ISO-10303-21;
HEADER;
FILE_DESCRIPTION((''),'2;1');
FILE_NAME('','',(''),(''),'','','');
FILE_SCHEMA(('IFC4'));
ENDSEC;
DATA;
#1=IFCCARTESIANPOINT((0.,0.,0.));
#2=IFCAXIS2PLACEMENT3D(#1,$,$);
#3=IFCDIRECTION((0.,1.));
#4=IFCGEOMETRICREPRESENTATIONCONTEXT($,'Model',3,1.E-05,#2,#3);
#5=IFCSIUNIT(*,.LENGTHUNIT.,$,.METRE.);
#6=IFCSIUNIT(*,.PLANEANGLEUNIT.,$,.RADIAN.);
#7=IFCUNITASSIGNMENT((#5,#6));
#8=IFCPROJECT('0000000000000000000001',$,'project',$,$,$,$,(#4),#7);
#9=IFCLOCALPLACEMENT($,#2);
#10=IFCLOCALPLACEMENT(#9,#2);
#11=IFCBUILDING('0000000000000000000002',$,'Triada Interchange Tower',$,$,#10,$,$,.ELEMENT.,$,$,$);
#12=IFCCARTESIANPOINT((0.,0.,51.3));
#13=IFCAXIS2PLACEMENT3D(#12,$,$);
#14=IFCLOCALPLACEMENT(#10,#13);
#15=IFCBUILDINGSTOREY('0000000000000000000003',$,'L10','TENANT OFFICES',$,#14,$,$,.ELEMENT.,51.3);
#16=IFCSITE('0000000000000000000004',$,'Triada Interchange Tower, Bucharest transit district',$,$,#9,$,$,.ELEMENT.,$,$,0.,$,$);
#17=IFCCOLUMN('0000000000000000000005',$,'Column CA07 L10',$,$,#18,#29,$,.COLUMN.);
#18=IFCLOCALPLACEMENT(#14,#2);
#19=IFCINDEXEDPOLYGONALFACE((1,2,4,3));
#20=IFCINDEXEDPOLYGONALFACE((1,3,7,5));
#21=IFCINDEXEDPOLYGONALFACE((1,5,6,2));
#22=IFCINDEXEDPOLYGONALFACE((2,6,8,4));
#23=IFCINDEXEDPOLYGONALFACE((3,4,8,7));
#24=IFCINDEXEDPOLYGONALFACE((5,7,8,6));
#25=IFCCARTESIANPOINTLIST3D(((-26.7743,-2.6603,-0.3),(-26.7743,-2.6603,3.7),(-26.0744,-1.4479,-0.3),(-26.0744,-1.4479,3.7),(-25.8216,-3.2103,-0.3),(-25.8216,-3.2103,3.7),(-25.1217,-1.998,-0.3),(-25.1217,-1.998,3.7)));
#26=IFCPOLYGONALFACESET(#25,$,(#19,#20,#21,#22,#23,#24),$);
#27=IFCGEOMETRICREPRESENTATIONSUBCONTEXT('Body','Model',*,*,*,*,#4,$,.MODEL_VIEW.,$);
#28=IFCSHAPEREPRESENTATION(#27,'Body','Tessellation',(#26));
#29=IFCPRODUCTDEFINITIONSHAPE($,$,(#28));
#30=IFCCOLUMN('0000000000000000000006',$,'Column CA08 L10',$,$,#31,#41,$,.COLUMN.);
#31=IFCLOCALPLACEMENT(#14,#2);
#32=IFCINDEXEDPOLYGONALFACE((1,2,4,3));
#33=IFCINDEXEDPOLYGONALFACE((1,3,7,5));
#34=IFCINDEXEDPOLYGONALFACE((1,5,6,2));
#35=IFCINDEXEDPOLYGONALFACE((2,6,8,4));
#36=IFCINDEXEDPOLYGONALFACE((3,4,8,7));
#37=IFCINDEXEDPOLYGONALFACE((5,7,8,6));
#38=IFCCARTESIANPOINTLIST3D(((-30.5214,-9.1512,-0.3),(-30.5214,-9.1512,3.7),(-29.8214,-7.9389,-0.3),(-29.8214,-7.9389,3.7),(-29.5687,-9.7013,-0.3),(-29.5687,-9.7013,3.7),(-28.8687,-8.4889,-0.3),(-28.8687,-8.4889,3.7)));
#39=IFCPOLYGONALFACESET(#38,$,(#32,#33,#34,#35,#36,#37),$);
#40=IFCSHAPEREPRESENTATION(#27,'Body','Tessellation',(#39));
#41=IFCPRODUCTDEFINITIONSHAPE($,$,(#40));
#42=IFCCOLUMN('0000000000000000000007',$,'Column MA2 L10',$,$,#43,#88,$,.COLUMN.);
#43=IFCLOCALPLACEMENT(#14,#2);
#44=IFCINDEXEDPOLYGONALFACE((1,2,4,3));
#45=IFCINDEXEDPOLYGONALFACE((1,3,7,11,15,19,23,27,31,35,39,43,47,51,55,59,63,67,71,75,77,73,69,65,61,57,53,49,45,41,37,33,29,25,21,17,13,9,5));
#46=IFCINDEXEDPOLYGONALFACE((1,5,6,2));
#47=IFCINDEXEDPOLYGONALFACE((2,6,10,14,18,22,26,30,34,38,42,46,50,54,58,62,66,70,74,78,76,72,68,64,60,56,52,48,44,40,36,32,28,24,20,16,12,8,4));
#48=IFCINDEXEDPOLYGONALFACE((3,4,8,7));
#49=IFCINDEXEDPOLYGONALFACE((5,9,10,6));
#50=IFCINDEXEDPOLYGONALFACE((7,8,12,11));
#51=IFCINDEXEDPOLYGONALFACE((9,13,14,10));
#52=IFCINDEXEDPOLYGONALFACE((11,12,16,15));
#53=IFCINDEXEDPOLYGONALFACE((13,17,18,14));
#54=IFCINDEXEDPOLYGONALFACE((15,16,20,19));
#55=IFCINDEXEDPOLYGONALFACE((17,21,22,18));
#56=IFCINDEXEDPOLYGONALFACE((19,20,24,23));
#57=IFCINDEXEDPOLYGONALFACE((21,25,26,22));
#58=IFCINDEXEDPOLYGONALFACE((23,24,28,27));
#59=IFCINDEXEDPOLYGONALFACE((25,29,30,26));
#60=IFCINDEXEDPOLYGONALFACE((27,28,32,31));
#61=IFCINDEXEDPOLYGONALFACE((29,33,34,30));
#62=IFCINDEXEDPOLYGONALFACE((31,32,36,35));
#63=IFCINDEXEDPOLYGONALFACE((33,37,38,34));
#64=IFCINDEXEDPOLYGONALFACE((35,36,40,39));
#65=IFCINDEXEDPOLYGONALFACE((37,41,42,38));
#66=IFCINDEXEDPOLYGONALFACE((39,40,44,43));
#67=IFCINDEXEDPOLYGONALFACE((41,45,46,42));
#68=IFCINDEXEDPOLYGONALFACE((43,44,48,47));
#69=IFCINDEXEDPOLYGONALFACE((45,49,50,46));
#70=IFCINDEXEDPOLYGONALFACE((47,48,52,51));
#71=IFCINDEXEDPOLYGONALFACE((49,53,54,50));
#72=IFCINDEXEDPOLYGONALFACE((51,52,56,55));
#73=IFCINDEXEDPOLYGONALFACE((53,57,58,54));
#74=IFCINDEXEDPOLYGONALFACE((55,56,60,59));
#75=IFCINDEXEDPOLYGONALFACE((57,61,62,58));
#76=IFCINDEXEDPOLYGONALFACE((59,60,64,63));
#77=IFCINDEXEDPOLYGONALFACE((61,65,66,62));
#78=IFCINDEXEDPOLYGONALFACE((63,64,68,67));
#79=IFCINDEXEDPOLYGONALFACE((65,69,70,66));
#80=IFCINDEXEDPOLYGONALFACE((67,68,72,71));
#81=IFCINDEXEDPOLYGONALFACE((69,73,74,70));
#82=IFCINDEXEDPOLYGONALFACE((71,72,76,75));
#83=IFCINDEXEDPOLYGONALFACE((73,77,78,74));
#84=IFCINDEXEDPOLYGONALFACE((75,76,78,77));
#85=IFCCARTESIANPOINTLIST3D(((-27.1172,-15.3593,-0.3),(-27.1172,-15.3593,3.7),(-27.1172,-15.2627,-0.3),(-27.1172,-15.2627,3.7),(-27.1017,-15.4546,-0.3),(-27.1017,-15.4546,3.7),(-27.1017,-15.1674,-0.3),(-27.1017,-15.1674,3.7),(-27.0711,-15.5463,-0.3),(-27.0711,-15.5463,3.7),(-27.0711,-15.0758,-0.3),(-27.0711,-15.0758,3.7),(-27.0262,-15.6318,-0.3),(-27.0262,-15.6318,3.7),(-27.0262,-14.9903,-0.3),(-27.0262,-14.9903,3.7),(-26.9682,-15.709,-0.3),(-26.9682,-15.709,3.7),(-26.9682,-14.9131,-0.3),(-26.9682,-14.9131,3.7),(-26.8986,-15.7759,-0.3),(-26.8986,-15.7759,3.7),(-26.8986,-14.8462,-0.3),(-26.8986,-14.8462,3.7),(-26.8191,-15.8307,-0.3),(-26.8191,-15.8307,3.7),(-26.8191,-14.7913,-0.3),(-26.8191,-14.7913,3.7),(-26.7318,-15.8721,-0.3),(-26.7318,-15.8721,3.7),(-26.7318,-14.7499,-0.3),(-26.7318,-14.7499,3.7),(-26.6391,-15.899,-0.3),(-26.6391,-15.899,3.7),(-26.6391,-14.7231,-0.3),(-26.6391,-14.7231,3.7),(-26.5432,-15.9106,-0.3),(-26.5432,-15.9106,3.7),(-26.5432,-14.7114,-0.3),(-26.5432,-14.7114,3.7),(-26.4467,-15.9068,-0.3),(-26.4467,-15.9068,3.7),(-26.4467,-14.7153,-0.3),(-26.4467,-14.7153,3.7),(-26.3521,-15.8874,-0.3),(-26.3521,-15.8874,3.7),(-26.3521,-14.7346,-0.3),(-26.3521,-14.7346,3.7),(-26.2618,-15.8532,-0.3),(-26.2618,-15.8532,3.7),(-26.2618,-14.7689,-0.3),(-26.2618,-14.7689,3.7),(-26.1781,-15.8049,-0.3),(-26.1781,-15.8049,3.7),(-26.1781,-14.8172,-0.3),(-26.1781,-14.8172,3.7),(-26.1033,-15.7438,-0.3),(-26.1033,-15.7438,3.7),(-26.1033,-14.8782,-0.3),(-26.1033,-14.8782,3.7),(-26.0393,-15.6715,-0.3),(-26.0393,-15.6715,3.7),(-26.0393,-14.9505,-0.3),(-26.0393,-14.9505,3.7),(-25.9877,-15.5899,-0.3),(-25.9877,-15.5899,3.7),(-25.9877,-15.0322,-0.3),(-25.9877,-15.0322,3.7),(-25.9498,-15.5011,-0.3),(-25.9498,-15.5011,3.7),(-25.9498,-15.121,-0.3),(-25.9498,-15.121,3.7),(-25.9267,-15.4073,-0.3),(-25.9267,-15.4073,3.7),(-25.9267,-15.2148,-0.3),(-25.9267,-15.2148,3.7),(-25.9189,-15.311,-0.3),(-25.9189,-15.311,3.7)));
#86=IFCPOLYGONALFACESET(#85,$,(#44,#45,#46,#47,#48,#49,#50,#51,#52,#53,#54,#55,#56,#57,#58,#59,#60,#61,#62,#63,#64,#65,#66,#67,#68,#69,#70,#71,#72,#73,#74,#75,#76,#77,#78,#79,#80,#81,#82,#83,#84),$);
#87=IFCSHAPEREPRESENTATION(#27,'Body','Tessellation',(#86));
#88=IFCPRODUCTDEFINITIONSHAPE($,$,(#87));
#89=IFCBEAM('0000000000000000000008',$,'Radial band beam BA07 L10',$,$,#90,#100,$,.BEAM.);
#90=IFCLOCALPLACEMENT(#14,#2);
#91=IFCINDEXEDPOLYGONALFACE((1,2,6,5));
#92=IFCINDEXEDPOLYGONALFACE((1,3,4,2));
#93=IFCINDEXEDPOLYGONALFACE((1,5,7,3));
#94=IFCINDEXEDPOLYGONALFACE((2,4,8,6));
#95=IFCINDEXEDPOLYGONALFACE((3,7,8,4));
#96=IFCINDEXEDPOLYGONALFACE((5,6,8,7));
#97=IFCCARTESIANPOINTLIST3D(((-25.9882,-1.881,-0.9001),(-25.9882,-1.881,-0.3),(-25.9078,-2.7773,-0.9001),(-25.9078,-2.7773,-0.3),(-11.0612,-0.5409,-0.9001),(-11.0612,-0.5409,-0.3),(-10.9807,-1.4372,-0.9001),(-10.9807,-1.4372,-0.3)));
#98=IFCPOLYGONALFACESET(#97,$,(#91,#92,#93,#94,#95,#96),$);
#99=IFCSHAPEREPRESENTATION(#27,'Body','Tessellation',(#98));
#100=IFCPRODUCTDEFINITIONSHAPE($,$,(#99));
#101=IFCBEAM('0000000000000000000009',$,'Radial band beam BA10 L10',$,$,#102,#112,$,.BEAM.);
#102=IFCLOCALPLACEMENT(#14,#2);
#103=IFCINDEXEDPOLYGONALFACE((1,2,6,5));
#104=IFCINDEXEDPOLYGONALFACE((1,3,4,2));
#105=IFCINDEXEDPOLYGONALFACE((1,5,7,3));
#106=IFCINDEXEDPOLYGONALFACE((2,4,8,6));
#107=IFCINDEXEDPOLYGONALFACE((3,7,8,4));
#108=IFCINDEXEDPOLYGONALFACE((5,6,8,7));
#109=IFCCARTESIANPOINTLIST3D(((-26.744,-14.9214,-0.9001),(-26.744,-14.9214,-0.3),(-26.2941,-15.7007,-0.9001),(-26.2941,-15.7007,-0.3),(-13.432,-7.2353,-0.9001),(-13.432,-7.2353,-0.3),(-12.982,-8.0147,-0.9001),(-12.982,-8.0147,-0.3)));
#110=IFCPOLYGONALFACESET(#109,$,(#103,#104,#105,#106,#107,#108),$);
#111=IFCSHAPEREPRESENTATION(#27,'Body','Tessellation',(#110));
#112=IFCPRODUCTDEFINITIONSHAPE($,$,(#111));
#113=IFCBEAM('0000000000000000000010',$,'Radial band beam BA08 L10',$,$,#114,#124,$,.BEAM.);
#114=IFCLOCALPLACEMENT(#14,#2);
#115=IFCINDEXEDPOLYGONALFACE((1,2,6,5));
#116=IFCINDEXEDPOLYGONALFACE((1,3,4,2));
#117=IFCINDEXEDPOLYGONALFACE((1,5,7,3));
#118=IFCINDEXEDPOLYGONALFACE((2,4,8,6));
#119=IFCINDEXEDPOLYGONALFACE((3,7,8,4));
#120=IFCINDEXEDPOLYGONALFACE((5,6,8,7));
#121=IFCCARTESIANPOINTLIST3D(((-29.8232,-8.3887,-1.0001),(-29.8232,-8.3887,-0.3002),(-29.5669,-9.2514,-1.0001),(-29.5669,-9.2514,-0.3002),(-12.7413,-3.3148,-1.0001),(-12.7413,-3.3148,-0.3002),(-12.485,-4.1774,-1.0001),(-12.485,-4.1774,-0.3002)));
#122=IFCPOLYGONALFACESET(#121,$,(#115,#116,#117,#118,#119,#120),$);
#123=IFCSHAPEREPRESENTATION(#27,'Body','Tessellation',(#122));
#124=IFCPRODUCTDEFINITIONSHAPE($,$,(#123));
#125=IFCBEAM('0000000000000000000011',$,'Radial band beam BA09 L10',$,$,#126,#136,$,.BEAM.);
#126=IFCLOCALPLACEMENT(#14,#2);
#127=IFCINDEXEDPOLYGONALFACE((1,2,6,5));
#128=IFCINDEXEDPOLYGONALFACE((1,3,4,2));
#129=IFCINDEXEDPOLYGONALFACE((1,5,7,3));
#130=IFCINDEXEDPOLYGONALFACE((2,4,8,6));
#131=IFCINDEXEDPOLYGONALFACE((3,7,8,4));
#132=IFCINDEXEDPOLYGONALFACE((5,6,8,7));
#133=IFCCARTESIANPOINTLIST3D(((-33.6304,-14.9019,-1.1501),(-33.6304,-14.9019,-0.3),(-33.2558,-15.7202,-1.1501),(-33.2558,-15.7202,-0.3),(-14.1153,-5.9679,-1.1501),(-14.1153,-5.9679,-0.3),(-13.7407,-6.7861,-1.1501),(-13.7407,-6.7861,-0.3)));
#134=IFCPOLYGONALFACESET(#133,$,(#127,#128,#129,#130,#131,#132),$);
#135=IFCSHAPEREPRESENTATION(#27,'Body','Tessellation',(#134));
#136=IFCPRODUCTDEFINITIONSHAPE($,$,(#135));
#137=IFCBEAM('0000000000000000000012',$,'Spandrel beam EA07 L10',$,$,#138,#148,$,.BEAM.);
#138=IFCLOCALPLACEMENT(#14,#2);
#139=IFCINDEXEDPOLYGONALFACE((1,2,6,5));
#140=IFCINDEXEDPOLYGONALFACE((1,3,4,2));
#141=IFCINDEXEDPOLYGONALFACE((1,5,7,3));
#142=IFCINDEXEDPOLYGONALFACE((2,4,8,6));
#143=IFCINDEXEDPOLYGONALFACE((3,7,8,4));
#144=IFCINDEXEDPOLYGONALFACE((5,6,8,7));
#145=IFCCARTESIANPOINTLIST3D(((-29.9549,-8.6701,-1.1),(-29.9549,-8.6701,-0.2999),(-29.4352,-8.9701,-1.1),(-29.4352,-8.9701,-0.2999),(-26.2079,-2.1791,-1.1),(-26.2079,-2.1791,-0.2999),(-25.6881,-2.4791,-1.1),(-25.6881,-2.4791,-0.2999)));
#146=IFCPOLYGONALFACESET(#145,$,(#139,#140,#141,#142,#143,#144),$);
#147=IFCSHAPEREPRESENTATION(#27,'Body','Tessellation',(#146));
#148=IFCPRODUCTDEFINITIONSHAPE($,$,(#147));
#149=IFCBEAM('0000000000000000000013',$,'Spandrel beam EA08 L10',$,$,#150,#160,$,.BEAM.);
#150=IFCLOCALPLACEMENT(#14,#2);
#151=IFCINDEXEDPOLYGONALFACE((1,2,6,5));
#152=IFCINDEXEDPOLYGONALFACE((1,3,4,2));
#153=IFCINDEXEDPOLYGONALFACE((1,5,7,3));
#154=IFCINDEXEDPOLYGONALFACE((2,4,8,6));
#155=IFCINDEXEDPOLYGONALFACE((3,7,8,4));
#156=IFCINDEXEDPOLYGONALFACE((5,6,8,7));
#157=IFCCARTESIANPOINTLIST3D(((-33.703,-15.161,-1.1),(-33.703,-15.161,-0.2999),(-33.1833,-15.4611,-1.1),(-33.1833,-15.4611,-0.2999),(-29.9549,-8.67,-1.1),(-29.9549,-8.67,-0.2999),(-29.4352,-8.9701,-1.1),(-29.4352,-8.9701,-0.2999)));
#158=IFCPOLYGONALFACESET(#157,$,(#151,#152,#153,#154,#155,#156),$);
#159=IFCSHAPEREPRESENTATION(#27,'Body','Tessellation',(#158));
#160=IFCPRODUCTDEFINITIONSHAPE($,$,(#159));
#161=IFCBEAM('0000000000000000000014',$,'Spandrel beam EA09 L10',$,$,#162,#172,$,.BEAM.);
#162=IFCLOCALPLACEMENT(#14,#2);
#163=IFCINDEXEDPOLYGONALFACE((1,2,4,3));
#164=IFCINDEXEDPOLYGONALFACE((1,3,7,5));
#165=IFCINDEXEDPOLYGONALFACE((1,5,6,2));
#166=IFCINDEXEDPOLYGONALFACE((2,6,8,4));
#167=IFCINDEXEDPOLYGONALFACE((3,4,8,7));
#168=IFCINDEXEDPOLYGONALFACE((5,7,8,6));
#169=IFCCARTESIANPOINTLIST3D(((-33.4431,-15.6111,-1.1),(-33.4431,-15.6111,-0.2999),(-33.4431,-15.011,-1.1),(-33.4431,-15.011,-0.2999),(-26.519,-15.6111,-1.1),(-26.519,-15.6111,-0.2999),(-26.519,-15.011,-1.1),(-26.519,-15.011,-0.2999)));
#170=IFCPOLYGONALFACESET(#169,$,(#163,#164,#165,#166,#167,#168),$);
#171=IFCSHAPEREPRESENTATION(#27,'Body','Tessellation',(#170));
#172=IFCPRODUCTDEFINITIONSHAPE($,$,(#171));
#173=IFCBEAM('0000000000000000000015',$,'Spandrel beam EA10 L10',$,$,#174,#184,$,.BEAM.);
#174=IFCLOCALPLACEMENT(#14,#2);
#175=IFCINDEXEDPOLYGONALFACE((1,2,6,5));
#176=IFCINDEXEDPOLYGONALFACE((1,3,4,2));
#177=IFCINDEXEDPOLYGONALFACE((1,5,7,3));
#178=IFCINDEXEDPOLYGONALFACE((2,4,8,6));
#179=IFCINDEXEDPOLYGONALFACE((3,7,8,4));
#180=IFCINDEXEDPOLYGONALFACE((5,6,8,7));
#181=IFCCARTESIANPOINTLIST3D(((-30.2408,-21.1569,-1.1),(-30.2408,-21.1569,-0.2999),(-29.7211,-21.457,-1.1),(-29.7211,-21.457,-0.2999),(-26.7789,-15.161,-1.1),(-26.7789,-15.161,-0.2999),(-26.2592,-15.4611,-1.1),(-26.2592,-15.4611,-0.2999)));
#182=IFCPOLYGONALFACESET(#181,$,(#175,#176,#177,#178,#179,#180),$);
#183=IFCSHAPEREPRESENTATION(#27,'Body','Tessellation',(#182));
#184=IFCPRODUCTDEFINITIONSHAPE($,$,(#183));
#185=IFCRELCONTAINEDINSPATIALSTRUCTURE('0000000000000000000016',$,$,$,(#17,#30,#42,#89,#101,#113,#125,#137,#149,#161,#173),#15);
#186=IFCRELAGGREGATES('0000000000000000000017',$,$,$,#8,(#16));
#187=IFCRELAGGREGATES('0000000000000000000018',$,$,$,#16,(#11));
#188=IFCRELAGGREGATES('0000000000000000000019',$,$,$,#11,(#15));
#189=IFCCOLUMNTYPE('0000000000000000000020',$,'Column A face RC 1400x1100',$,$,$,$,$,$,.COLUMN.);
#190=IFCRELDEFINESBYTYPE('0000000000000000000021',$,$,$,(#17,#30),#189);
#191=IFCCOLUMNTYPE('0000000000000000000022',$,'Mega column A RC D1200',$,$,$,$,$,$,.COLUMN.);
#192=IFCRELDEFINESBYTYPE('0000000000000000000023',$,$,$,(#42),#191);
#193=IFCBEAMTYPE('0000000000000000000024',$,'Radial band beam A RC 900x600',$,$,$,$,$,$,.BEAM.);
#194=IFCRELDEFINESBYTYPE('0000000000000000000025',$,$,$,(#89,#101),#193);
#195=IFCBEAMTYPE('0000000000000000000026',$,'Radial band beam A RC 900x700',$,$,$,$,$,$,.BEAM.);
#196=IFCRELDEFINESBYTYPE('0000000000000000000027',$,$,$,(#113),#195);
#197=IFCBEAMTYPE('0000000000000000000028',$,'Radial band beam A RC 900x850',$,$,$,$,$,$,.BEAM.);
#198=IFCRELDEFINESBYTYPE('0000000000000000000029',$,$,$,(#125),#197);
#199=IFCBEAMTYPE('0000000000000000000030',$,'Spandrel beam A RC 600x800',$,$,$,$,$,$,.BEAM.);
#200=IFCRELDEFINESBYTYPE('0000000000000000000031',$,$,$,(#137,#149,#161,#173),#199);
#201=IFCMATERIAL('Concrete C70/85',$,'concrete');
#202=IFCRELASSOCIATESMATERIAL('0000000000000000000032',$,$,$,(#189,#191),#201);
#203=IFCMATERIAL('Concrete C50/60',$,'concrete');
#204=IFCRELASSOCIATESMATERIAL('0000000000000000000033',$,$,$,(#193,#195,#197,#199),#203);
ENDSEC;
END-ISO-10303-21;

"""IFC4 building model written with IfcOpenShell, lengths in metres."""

from ifc_helpers import new_model, si_unit, direction, frame, origin, origin_2d, place, context, subcontext, project, spatial, rectangle, circle, extrude, material, material_profile, profile_set, type_object, element, save


model = new_model("IFC4")

# Units and contexts
model_context = context("Model", 3, precision=1e-05, world=origin(), true_north=direction((0.0, 1.0)))
body_context = subcontext(model_context, "Body", "Model", "MODEL_VIEW")
ifc_project = project(units=[si_unit("LENGTHUNIT", "METRE"), si_unit("PLANEANGLEUNIT", "RADIAN")], contexts=[model_context])

# Site, building, storey
site_placement = place(None, origin())
site = spatial("IfcSite", under=ifc_project, at=site_placement, Name="Triada Interchange Tower, Bucharest transit district", CompositionType="ELEMENT", RefElevation=0.0)
building_placement = place(site_placement, origin())
building = spatial("IfcBuilding", under=site, at=building_placement, Name="Triada Interchange Tower", CompositionType="ELEMENT")
storey_placement = place(building_placement, frame((0.0, 0.0, 51.3)))
storey = spatial("IfcBuildingStorey", under=building, at=storey_placement, Name="L10", Description="TENANT OFFICES", CompositionType="ELEMENT", Elevation=51.3)

# Columns
ifc_material_1 = material(Name="Concrete C70/85", Category="concrete")
ifc_material_profile_1 = material_profile(ifc_material_1, rectangle(XDim=1.3999, YDim=1.1001, at=origin_2d()), Name="RC 1400x1100")
ifc_profile_set_1 = profile_set([ifc_material_profile_1], Name="Concrete C70/85")
column_type_1 = type_object("IfcColumnType", Name="Column A face RC 1400x1100", PredefinedType="COLUMN", material=ifc_profile_set_1)
for number, where, z_axis, x_axis, name in (
    (1, (-25.948, -2.3291, -0.3), (0.0, 0.0, 1.0), (0.5, 0.866025, 0.0), "Column CA07 L10"),
    (2, (-29.6951, -8.8201, -0.3), (0.0, 0.0, 1.0), (0.5, 0.866025, 0.0), "Column CA08 L10"),
):
    element("IfcColumn", number, at=place(storey_placement, frame(where, z_axis=z_axis, x_axis=x_axis)), inside=storey, type_object=column_type_1, Name=name, PredefinedType="COLUMN", context=body_context, shape_type="SweptSolid", body=[
        extrude(rectangle(XDim=1.3999, YDim=1.1001, at=origin_2d()), origin(), (0.0, 0.0, 1.0), 4.0),
    ])
ifc_material_profile_2 = material_profile(ifc_material_1, circle(Radius=0.6001, at=origin_2d()), Name="RC D1200")
ifc_profile_set_2 = profile_set([ifc_material_profile_2], Name="Concrete C70/85")
column_type_2 = type_object("IfcColumnType", Name="Mega column A RC D1200", PredefinedType="COLUMN", material=ifc_profile_set_2)
column_placement = place(storey_placement, frame((-26.519, -15.311, -0.3), z_axis=(0.0, 0.0, 1.0), x_axis=(1.0, 0.0, 0.0)))
element("IfcColumn", 3, at=column_placement, inside=storey, type_object=column_type_2, Name="Column MA2 L10", PredefinedType="COLUMN", context=body_context, shape_type="SweptSolid", body=[
    extrude(circle(Radius=0.6001, at=origin_2d()), origin(), (0.0, 0.0, 1.0), 4.0),
])

# Beams
ifc_material_2 = material(Name="Concrete C50/60", Category="concrete")
ifc_material_profile_3 = material_profile(ifc_material_2, rectangle(XDim=0.8999, YDim=0.6001, at=origin_2d()), Name="RC 900x600")
ifc_profile_set_3 = profile_set([ifc_material_profile_3], Name="Concrete C50/60")
beam_type_1 = type_object("IfcBeamType", Name="Radial band beam A RC 900x600", PredefinedType="BEAM", material=ifc_profile_set_3)
beam_1_placement = place(storey_placement, frame((-25.948, -2.3291, -0.6001), z_axis=(0.995994, 0.089416, 0.0), x_axis=(-0.089416, 0.995994, 0.0)))
element("IfcBeam", 4, at=beam_1_placement, inside=storey, type_object=beam_type_1, Name="Radial band beam BA07 L10", PredefinedType="BEAM", context=body_context, shape_type="SweptSolid", body=[
    extrude(rectangle(XDim=0.8999, YDim=0.6001, at=origin_2d()), origin(), (0.0, 0.0, 1.0), 14.9871),
])
beam_2_placement = place(storey_placement, frame((-26.519, -15.311, -0.6001), z_axis=(0.866016, 0.500017, 0.0), x_axis=(-0.500017, 0.866016, 0.0)))
element("IfcBeam", 5, at=beam_2_placement, inside=storey, type_object=beam_type_1, Name="Radial band beam BA10 L10", PredefinedType="BEAM", context=body_context, shape_type="SweptSolid", body=[
    extrude(rectangle(XDim=0.8999, YDim=0.6001, at=origin_2d()), origin(), (0.0, 0.0, 1.0), 15.3716),
])
ifc_material_profile_4 = material_profile(ifc_material_2, rectangle(XDim=0.8999, YDim=0.7, at=origin_2d()), Name="RC 900x700")
ifc_profile_set_4 = profile_set([ifc_material_profile_4], Name="Concrete C50/60")
beam_type_2 = type_object("IfcBeamType", Name="Radial band beam A RC 900x700", PredefinedType="BEAM", material=ifc_profile_set_4)
beam_3_placement = place(storey_placement, frame((-29.6951, -8.8201, -0.6501), z_axis=(0.958605, 0.28474, 0.0), x_axis=(-0.28474, 0.958605, 0.0)))
element("IfcBeam", 6, at=beam_3_placement, inside=storey, type_object=beam_type_2, Name="Radial band beam BA08 L10", PredefinedType="BEAM", context=body_context, shape_type="SweptSolid", body=[
    extrude(rectangle(XDim=0.8999, YDim=0.7, at=origin_2d()), origin(), (0.0, 0.0, 1.0), 17.8196),
])
ifc_material_profile_5 = material_profile(ifc_material_2, rectangle(XDim=0.8999, YDim=0.8501, at=origin_2d()), Name="RC 900x850")
ifc_profile_set_5 = profile_set([ifc_material_profile_5], Name="Concrete C50/60")
beam_type_3 = type_object("IfcBeamType", Name="Radial band beam A RC 900x850", PredefinedType="BEAM", material=ifc_profile_set_5)
beam_4_placement = place(storey_placement, frame((-33.4431, -15.311, -0.7251), z_axis=(0.909247, 0.416256, 0.0), x_axis=(-0.416256, 0.909247, 0.0)))
element("IfcBeam", 7, at=beam_4_placement, inside=storey, type_object=beam_type_3, Name="Radial band beam BA09 L10", PredefinedType="BEAM", context=body_context, shape_type="SweptSolid", body=[
    extrude(rectangle(XDim=0.8999, YDim=0.8501, at=origin_2d()), origin(), (0.0, 0.0, 1.0), 21.4629),
])
ifc_material_profile_6 = material_profile(ifc_material_2, rectangle(XDim=0.6001, YDim=0.8, at=origin_2d()), Name="RC 600x800")
ifc_profile_set_6 = profile_set([ifc_material_profile_6], Name="Concrete C50/60")
beam_type_4 = type_object("IfcBeamType", Name="Spandrel beam A RC 600x800", PredefinedType="BEAM", material=ifc_profile_set_6)
beam_5_placement = place(storey_placement, frame((-25.948, -2.3291, -0.7), z_axis=(-0.499951, -0.866054, 0.0), x_axis=(0.866054, -0.499951, 0.0)))
element("IfcBeam", 8, at=beam_5_placement, inside=storey, type_object=beam_type_4, Name="Spandrel beam EA07 L10", PredefinedType="BEAM", context=body_context, shape_type="SweptSolid", body=[
    extrude(rectangle(XDim=0.6001, YDim=0.8, at=origin_2d()), origin(), (0.0, 0.0, 1.0), 7.4949),
])
beam_6_placement = place(storey_placement, frame((-29.6951, -8.8201, -0.7), z_axis=(-0.500049, -0.865997, 0.0), x_axis=(0.865997, -0.500049, 0.0)))
element("IfcBeam", 9, at=beam_6_placement, inside=storey, type_object=beam_type_4, Name="Spandrel beam EA08 L10", PredefinedType="BEAM", context=body_context, shape_type="SweptSolid", body=[
    extrude(rectangle(XDim=0.6001, YDim=0.8, at=origin_2d()), origin(), (0.0, 0.0, 1.0), 7.4954),
])
beam_7_placement = place(storey_placement, frame((-33.4431, -15.311, -0.7), z_axis=(1.0, 0.0, 0.0), x_axis=(0.0, 1.0, 0.0)))
element("IfcBeam", 10, at=beam_7_placement, inside=storey, type_object=beam_type_4, Name="Spandrel beam EA09 L10", PredefinedType="BEAM", context=body_context, shape_type="SweptSolid", body=[
    extrude(rectangle(XDim=0.6001, YDim=0.8, at=origin_2d()), origin(), (0.0, 0.0, 1.0), 6.9241),
])
beam_8_placement = place(storey_placement, frame((-26.519, -15.311, -0.7), z_axis=(-0.500023, -0.866012, 0.0), x_axis=(0.866012, -0.500023, 0.0)))
element("IfcBeam", 11, at=beam_8_placement, inside=storey, type_object=beam_type_4, Name="Spandrel beam EA10 L10", PredefinedType="BEAM", context=body_context, shape_type="SweptSolid", body=[
    extrude(rectangle(XDim=0.6001, YDim=0.8, at=origin_2d()), origin(), (0.0, 0.0, 1.0), 6.9236),
])

save(model, "model.ifc")
